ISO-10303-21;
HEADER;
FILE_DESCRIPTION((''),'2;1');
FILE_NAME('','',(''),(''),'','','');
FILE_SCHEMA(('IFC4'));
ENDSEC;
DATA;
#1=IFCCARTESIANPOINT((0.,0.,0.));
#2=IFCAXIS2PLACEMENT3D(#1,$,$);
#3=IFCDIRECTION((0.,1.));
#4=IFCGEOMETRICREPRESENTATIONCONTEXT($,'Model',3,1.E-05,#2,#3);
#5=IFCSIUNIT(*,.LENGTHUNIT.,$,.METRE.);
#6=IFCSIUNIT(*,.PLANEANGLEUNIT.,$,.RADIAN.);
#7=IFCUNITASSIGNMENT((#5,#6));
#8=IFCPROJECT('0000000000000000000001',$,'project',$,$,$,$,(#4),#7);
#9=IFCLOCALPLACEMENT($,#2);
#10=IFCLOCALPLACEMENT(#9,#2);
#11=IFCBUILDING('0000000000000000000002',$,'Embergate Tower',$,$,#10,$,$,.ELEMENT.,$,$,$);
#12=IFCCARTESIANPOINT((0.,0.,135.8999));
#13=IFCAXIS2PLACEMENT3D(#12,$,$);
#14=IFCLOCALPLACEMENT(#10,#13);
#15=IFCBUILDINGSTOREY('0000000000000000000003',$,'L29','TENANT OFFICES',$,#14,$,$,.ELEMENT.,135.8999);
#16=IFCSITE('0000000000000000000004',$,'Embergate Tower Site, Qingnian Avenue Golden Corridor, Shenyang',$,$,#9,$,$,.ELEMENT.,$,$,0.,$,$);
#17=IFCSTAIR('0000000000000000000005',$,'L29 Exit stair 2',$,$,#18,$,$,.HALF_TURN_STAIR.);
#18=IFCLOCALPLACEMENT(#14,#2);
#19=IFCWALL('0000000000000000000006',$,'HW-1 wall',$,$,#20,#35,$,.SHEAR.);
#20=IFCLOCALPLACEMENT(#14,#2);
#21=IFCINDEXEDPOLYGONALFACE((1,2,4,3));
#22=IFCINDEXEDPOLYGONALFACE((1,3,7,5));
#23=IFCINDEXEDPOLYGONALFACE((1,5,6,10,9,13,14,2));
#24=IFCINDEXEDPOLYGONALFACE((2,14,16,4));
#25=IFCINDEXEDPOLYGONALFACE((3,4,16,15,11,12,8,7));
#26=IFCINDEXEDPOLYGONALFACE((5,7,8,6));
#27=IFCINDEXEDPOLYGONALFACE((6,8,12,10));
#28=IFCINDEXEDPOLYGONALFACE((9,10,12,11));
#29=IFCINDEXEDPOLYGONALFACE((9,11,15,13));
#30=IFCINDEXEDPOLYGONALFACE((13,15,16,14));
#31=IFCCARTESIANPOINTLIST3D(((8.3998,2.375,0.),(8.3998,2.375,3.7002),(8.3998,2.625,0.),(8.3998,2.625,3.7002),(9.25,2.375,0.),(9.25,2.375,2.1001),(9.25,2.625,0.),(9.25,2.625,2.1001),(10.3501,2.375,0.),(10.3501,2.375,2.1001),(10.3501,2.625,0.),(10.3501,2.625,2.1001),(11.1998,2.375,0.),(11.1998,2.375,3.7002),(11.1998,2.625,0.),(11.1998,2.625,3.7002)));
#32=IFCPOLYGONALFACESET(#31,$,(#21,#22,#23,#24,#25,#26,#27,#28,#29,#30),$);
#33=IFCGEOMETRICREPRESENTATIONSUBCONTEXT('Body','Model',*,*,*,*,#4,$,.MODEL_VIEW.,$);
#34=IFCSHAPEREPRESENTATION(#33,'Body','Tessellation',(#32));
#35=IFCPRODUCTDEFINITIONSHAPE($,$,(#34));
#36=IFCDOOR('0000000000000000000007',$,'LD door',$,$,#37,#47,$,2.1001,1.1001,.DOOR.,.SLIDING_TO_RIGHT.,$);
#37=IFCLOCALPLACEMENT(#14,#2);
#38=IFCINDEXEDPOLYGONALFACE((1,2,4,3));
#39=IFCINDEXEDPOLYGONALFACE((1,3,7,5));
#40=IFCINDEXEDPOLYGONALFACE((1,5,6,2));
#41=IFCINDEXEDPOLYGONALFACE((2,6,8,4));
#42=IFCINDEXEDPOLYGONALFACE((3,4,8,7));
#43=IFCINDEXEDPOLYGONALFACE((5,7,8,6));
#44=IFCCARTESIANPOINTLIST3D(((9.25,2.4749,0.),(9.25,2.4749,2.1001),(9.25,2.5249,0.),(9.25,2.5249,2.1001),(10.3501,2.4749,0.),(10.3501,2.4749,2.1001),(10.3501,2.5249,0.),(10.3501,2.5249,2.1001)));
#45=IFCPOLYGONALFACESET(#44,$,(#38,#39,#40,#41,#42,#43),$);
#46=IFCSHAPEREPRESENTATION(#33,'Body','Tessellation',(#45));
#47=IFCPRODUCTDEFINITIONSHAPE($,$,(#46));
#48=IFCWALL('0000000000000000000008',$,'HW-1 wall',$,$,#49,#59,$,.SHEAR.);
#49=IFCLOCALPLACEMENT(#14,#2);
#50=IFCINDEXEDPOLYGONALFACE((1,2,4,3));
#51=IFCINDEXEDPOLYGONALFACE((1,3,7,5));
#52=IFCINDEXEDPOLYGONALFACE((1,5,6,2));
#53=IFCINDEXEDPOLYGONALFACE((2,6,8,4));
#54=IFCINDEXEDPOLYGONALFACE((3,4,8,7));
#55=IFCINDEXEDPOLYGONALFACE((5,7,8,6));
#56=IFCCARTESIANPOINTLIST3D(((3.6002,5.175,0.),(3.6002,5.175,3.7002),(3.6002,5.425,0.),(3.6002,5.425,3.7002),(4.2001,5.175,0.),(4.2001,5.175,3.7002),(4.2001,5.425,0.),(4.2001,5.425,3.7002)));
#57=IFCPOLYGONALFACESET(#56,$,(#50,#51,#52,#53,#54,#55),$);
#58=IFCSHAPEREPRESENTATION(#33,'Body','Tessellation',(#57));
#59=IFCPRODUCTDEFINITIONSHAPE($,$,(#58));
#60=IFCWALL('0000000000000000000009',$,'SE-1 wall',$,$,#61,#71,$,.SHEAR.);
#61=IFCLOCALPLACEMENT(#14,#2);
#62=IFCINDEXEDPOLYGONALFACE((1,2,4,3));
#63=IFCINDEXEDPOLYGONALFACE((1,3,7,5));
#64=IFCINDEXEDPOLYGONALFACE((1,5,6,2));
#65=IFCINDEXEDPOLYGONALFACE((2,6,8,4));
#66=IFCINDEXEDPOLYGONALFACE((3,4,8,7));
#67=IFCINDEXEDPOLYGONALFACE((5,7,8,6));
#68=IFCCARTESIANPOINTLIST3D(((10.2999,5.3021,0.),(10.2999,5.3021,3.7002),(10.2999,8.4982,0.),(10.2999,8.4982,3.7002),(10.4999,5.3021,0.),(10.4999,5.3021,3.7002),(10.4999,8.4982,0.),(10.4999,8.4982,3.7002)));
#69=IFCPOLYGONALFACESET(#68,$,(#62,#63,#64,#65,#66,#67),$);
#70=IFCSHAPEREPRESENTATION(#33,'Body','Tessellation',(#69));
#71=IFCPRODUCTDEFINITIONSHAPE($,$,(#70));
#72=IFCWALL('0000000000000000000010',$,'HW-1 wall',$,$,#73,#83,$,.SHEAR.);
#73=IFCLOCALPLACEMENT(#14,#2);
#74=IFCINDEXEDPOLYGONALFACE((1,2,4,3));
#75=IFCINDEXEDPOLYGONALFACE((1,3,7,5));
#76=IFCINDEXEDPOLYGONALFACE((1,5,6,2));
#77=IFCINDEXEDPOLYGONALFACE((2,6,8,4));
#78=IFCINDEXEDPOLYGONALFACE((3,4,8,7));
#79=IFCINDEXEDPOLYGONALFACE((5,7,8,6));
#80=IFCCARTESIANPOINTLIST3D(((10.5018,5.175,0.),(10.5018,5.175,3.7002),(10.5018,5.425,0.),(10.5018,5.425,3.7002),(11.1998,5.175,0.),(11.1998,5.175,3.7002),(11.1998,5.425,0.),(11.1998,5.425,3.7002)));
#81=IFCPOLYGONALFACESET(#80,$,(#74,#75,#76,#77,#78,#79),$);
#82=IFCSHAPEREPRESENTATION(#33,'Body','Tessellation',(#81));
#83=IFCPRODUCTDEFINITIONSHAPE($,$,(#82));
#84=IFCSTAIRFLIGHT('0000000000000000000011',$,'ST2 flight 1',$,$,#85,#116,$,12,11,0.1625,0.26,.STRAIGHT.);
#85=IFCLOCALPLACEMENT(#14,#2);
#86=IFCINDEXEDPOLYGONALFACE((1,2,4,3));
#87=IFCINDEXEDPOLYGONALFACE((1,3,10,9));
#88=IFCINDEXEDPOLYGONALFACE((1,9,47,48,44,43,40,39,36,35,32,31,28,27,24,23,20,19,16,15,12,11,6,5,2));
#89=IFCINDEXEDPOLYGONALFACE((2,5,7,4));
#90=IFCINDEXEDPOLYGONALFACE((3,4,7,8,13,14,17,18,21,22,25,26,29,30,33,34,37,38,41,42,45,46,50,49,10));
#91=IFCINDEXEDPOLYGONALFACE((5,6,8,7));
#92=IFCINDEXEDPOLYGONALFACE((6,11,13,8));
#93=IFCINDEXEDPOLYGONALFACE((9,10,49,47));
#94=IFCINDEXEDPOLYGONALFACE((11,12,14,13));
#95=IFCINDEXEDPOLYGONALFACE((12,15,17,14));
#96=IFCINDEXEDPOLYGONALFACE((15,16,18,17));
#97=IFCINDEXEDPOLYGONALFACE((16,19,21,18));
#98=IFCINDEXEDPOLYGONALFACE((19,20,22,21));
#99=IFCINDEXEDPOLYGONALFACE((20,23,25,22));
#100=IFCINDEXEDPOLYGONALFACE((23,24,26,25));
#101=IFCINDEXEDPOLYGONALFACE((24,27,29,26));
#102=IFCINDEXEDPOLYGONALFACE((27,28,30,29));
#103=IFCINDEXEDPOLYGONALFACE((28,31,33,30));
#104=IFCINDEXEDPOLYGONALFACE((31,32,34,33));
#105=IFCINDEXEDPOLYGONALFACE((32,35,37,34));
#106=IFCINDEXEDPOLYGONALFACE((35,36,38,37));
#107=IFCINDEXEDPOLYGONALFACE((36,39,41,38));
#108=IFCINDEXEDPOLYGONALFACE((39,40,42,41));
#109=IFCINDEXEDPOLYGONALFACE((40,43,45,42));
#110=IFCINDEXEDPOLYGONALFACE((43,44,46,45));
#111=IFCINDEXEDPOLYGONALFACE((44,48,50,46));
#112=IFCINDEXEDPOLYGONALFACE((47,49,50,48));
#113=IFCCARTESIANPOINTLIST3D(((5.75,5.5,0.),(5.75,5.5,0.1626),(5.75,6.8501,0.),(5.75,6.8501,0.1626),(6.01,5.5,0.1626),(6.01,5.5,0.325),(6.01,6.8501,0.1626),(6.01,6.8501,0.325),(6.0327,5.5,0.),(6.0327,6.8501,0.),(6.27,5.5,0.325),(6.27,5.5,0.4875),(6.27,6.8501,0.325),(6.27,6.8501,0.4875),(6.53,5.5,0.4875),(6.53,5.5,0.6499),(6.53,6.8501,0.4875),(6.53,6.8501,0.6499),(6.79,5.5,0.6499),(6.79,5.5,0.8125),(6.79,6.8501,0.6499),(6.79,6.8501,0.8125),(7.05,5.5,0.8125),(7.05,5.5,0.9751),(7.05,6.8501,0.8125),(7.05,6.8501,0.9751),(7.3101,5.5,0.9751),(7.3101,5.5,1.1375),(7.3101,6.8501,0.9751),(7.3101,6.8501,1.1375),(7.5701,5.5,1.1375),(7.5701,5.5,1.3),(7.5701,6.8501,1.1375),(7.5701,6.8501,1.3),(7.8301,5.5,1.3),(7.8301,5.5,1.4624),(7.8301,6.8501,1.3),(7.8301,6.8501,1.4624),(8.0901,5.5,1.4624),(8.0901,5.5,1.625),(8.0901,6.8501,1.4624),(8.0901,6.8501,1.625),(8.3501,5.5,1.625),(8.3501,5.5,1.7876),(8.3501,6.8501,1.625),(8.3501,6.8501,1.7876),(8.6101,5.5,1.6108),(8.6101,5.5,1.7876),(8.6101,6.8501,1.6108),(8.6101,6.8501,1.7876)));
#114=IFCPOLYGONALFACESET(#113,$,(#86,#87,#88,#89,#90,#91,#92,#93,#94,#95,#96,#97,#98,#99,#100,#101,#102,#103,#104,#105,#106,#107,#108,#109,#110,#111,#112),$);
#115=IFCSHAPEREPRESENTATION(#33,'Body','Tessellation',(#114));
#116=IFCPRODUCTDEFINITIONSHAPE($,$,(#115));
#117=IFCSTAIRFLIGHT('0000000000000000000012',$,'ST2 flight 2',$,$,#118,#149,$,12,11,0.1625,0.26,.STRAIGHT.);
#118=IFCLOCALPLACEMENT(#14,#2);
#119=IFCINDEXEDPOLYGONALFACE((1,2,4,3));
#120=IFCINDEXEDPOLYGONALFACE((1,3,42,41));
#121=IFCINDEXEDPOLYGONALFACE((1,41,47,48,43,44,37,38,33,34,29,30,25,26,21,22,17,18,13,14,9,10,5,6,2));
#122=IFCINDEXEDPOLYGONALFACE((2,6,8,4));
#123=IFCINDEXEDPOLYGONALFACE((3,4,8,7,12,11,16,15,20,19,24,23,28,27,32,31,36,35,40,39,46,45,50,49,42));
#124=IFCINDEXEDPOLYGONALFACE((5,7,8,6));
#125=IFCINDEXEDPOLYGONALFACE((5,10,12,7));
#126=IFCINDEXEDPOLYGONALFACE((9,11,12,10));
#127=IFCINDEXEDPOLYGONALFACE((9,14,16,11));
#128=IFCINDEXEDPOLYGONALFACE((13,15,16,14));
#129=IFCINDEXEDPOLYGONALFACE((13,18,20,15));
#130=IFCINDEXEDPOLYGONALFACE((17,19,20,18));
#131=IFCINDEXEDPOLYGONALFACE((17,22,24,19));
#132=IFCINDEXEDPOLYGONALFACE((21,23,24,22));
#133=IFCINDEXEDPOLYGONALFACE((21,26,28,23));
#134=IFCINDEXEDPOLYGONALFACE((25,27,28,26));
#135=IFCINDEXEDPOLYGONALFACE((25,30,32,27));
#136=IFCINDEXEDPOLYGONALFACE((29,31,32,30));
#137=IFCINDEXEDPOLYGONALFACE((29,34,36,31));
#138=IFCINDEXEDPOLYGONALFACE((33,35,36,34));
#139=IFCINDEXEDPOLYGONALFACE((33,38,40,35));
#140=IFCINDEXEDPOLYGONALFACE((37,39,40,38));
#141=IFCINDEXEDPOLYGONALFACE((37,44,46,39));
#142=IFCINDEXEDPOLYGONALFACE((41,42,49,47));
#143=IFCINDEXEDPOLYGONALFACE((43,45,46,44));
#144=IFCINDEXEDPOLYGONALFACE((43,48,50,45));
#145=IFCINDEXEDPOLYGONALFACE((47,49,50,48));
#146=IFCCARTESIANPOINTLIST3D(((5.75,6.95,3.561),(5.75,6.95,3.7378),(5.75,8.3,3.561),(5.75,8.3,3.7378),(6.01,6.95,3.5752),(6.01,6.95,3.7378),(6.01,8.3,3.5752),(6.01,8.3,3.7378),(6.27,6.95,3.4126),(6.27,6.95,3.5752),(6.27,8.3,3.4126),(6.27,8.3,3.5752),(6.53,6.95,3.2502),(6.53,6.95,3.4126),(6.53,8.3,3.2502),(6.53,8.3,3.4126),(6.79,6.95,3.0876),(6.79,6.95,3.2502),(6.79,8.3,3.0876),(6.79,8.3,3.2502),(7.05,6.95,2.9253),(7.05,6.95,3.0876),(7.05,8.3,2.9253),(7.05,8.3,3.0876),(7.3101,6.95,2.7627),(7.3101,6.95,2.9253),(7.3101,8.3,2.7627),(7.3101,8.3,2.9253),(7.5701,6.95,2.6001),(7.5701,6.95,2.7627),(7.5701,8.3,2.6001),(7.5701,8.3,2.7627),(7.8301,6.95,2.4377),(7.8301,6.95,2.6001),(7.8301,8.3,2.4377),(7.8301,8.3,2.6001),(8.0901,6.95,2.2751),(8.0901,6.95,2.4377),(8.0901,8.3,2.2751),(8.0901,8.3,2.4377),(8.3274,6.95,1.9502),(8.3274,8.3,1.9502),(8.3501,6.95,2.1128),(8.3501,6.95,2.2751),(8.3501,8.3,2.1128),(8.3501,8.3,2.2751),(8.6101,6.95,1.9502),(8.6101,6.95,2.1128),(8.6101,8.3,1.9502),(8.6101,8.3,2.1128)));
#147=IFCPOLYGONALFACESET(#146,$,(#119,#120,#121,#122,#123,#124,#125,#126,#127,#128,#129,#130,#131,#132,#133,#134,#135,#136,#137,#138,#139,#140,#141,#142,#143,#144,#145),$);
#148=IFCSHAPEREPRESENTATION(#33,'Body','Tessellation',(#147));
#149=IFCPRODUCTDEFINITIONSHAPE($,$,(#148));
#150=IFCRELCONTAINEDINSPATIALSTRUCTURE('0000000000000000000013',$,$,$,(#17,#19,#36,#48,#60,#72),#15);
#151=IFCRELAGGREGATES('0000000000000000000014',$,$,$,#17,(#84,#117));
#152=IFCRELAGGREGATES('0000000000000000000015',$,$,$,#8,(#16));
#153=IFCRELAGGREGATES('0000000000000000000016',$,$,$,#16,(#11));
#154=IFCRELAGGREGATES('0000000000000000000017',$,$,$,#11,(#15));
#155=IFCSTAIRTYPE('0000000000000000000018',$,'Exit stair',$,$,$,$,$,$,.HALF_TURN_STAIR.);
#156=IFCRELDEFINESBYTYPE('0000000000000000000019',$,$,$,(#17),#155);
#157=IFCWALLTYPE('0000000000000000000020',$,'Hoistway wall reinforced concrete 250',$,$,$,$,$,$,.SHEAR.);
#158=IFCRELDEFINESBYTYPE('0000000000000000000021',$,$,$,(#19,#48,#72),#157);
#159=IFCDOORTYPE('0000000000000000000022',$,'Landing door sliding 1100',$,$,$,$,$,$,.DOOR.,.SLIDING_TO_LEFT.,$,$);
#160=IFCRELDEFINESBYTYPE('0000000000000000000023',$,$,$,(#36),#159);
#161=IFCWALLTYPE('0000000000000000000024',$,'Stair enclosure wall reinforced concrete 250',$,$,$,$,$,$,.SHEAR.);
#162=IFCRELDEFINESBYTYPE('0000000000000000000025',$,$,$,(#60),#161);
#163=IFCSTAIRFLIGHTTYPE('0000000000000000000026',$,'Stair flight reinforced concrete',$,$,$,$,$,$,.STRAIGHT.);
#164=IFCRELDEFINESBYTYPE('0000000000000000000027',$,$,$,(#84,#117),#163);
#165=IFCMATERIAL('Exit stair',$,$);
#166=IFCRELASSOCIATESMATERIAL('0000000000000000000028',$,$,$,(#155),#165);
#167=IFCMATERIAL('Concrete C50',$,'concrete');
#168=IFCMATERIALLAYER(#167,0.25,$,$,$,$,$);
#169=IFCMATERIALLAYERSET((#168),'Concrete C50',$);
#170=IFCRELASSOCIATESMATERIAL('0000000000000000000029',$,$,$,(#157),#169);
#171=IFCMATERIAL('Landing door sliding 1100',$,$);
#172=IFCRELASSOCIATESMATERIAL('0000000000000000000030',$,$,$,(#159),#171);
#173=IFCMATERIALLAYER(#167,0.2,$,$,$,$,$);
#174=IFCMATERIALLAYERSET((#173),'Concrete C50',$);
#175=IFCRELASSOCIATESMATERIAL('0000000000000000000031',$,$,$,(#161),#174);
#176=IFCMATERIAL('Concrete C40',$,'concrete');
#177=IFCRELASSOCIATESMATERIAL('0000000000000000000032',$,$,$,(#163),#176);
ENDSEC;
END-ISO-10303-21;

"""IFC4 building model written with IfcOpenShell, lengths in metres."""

from ifc_helpers import new_model, si_unit, direction, frame, frame_2d, origin, place, context, subcontext, project, spatial, polyline, rectangle, outline, extrude, source, transform, mapped, material, layer, layer_set, type_object, element, fill, aggregate, save


model = new_model("IFC4")

# Units and contexts
model_context = context("Model", 3, precision=1e-05, world=origin(), true_north=direction((0.0, 1.0)))
body_context = subcontext(model_context, "Body", "Model", "MODEL_VIEW")
ifc_project = project(units=[si_unit("LENGTHUNIT", "METRE"), si_unit("PLANEANGLEUNIT", "RADIAN")], contexts=[model_context])

# Site, building, storey
site_placement = place(None, origin())
site = spatial("IfcSite", under=ifc_project, at=site_placement, Name="Embergate Tower Site, Qingnian Avenue Golden Corridor, Shenyang", CompositionType="ELEMENT", RefElevation=0.0)
building_placement = place(site_placement, origin())
building = spatial("IfcBuilding", under=site, at=building_placement, Name="Embergate Tower", CompositionType="ELEMENT")
storey_placement = place(building_placement, frame((0.0, 0.0, 135.8999)))
storey = spatial("IfcBuildingStorey", under=building, at=storey_placement, Name="L29", Description="TENANT OFFICES", CompositionType="ELEMENT", Elevation=135.8999)

# Stair
ifc_material_1 = material(Name="Exit stair")
stair_type = type_object("IfcStairType", Name="Exit stair", PredefinedType="HALF_TURN_STAIR", material=ifc_material_1)
stair_placement = place(storey_placement, origin())
stair = element("IfcStair", 1, at=stair_placement, inside=storey, type_object=stair_type, Name="L29 Exit stair 2", PredefinedType="HALF_TURN_STAIR")
ifc_material_2 = material(Name="Concrete C40", Category="concrete")

# Shared definitions
ifc_material_3 = material(Name="Concrete C50", Category="concrete")
ifc_layer_1 = layer(ifc_material_3, 0.25)
ifc_layer_set_1 = layer_set([ifc_layer_1], Name="Concrete C50")
wall_type_1 = type_object("IfcWallType", Name="Hoistway wall reinforced concrete 250", PredefinedType="SHEAR", material=ifc_layer_set_1)

# Shared definitions
shared_shape_1 = source(origin(), body_context, "Body", "SweptSolid", [
    extrude(rectangle(XDim=1.1001, YDim=2.1001, at=frame_2d((0.55, 1.05))), frame((0.0, 0.135, 0.0), z_axis=(0.0, -1.0, 0.0), x_axis=(1.0, 0.0, 0.0)), (0.0, 0.0, 1.0), 0.27),
])
ifc_material_4 = material(Name="Landing door sliding 1100")
door_type_1 = type_object("IfcDoorType", Name="Landing door sliding 1100", OperationType="SLIDING_TO_LEFT", PredefinedType="DOOR", material=ifc_material_4)
shared_shape_2 = source(origin(), body_context, "Body", "SweptSolid", [
    extrude(rectangle(XDim=1.1001, YDim=2.1001, at=frame_2d((0.55, 1.05))), frame((0.0, 0.0249, 0.0), z_axis=(0.0, -1.0, 0.0), x_axis=(1.0, 0.0, 0.0)), (0.0, 0.0, 1.0), 0.05),
])

# Shared definitions
ifc_layer_2 = layer(ifc_material_3, 0.2)
ifc_layer_set_2 = layer_set([ifc_layer_2], Name="Concrete C50")
wall_type_2 = type_object("IfcWallType", Name="Stair enclosure wall reinforced concrete 250", PredefinedType="SHEAR", material=ifc_layer_set_2)

# Wall, opening, door
shared_shape_3 = source(origin(), body_context, "Body", "SweptSolid", [
    extrude(rectangle(XDim=2.8, YDim=0.25, at=frame_2d((1.3999, 0.0))), origin(), (0.0, 0.0, 1.0), 3.7002),
])
wall_1_placement = place(storey_placement, frame((8.3999, 2.5, 0.0), z_axis=(0.0, 0.0, 1.0), x_axis=(1.0, 0.0, 0.0)))
wall_1 = element("IfcWall", 2, at=wall_1_placement, inside=storey, type_object=wall_type_1, Name="HW-1 wall", PredefinedType="SHEAR", context=body_context, shape_type="MappedRepresentation", body=[
    mapped(shared_shape_3, transform((0.0, 0.0, 0.0))),
])
opening_1_placement = place(wall_1_placement, frame((0.8501, 0.0, 0.0)))
opening_1 = element("IfcOpeningElement", 3, at=opening_1_placement, cuts=wall_1, PredefinedType="OPENING", context=body_context, shape_type="MappedRepresentation", body=[
    mapped(shared_shape_1, transform((0.0, 0.0, 0.0))),
])
door_1_placement = place(opening_1_placement, origin())
door_1 = element("IfcDoor", 4, at=door_1_placement, inside=storey, type_object=door_type_1, Name="LD door", OperationType="SLIDING_TO_RIGHT", OverallHeight=2.1001, OverallWidth=1.1001, PredefinedType="DOOR", context=body_context, shape_type="MappedRepresentation", body=[
    mapped(shared_shape_2, transform((0.0, 0.0, 0.0))),
])
fill(opening_1, door_1)

# Walls
shared_shape_4 = source(origin(), body_context, "Body", "SweptSolid", [
    extrude(rectangle(XDim=0.5999, YDim=0.25, at=frame_2d((0.2998, 0.0))), origin(), (0.0, 0.0, 1.0), 3.7002),
])
wall_2_placement = place(storey_placement, frame((4.2, 5.3, 0.0), z_axis=(0.0, 0.0, 1.0), x_axis=(-1.0, 0.0, 0.0)))
element("IfcWall", 5, at=wall_2_placement, inside=storey, type_object=wall_type_1, Name="HW-1 wall", PredefinedType="SHEAR", context=body_context, shape_type="MappedRepresentation", body=[
    mapped(shared_shape_4, transform((0.0, 0.0, 0.0))),
])
shared_shape_5 = source(origin(), body_context, "Body", "SweptSolid", [
    extrude(rectangle(XDim=3.196, YDim=0.2, at=frame_2d((1.5981, 0.0))), origin(), (0.0, 0.0, 1.0), 3.7002),
])
wall_3_placement = place(storey_placement, frame((10.3999, 5.302, 0.0), z_axis=(0.0, 0.0, 1.0), x_axis=(0.0, 1.0, 0.0)))
element("IfcWall", 6, at=wall_3_placement, inside=storey, type_object=wall_type_2, Name="SE-1 wall", PredefinedType="SHEAR", context=body_context, shape_type="MappedRepresentation", body=[
    mapped(shared_shape_5, transform((0.0, 0.0, 0.0))),
])
shared_shape_6 = source(origin(), body_context, "Body", "SweptSolid", [
    extrude(rectangle(XDim=0.698, YDim=0.25, at=frame_2d((0.3491, 0.0))), origin(), (0.0, 0.0, 1.0), 3.7002),
])
wall_4_placement = place(storey_placement, frame((11.2, 5.3, 0.0), z_axis=(0.0, 0.0, 1.0), x_axis=(-1.0, 0.0, 0.0)))
element("IfcWall", 7, at=wall_4_placement, inside=storey, type_object=wall_type_1, Name="HW-1 wall", PredefinedType="SHEAR", context=body_context, shape_type="MappedRepresentation", body=[
    mapped(shared_shape_6, transform((0.0, 0.0, 0.0))),
])

# Stair flights
stair_flight_type = type_object("IfcStairFlightType", Name="Stair flight reinforced concrete", PredefinedType="STRAIGHT", material=ifc_material_2)
shared_shape_7 = source(origin(), body_context, "Body", "SweptSolid", [
    extrude(outline(polyline([(0.0, 0.0), (0.0, 0.1626), (0.26, 0.1626), (0.26, 0.325), (0.52, 0.325), (0.52, 0.4875), (0.78, 0.4875), (0.78, 0.6499), (1.04, 0.6499), (1.04, 0.8125), (1.3, 0.8125), (1.3, 0.9751), (1.5601, 0.9751), (1.5601, 1.1375), (1.8201, 1.1375), (1.8201, 1.3), (2.0801, 1.3), (2.0801, 1.4624), (2.3401, 1.4624), (2.3401, 1.625), (2.6001, 1.625), (2.6001, 1.7876), (2.8601, 1.7876), (2.8601, 1.95), (2.8601, 1.6108), (0.2827, 0.0), (0.0, 0.0)])), frame((0.0, 0.675, 0.0), z_axis=(0.0, -1.0, 0.0), x_axis=(1.0, 0.0, 0.0)), (0.0, 0.0, 1.0), 1.3501),
])
stair_flight_1_placement = place(storey_placement, frame((5.75, 6.175, 0.0), z_axis=(0.0, 0.0, 1.0), x_axis=(1.0, 0.0, 0.0)))
stair_flight_1 = element("IfcStairFlight", 8, at=stair_flight_1_placement, type_object=stair_flight_type, Name="ST2 flight 1", NumberOfRisers=12, NumberOfTreads=11, PredefinedType="STRAIGHT", RiserHeight=0.1625, TreadLength=0.26, context=body_context, shape_type="MappedRepresentation", body=[
    mapped(shared_shape_7, transform((0.0, 0.0, 0.0))),
])
stair_flight_2_placement = place(storey_placement, frame((8.6101, 7.625, 1.9502), z_axis=(0.0, 0.0, 1.0), x_axis=(-1.0, 0.0, 0.0)))
stair_flight_2 = element("IfcStairFlight", 9, at=stair_flight_2_placement, type_object=stair_flight_type, Name="ST2 flight 2", NumberOfRisers=12, NumberOfTreads=11, PredefinedType="STRAIGHT", RiserHeight=0.1625, TreadLength=0.26, context=body_context, shape_type="MappedRepresentation", body=[
    mapped(shared_shape_7, transform((0.0, 0.0, 0.0))),
])
aggregate(stair, [stair_flight_1, stair_flight_2])

save(model, "model.ifc")
